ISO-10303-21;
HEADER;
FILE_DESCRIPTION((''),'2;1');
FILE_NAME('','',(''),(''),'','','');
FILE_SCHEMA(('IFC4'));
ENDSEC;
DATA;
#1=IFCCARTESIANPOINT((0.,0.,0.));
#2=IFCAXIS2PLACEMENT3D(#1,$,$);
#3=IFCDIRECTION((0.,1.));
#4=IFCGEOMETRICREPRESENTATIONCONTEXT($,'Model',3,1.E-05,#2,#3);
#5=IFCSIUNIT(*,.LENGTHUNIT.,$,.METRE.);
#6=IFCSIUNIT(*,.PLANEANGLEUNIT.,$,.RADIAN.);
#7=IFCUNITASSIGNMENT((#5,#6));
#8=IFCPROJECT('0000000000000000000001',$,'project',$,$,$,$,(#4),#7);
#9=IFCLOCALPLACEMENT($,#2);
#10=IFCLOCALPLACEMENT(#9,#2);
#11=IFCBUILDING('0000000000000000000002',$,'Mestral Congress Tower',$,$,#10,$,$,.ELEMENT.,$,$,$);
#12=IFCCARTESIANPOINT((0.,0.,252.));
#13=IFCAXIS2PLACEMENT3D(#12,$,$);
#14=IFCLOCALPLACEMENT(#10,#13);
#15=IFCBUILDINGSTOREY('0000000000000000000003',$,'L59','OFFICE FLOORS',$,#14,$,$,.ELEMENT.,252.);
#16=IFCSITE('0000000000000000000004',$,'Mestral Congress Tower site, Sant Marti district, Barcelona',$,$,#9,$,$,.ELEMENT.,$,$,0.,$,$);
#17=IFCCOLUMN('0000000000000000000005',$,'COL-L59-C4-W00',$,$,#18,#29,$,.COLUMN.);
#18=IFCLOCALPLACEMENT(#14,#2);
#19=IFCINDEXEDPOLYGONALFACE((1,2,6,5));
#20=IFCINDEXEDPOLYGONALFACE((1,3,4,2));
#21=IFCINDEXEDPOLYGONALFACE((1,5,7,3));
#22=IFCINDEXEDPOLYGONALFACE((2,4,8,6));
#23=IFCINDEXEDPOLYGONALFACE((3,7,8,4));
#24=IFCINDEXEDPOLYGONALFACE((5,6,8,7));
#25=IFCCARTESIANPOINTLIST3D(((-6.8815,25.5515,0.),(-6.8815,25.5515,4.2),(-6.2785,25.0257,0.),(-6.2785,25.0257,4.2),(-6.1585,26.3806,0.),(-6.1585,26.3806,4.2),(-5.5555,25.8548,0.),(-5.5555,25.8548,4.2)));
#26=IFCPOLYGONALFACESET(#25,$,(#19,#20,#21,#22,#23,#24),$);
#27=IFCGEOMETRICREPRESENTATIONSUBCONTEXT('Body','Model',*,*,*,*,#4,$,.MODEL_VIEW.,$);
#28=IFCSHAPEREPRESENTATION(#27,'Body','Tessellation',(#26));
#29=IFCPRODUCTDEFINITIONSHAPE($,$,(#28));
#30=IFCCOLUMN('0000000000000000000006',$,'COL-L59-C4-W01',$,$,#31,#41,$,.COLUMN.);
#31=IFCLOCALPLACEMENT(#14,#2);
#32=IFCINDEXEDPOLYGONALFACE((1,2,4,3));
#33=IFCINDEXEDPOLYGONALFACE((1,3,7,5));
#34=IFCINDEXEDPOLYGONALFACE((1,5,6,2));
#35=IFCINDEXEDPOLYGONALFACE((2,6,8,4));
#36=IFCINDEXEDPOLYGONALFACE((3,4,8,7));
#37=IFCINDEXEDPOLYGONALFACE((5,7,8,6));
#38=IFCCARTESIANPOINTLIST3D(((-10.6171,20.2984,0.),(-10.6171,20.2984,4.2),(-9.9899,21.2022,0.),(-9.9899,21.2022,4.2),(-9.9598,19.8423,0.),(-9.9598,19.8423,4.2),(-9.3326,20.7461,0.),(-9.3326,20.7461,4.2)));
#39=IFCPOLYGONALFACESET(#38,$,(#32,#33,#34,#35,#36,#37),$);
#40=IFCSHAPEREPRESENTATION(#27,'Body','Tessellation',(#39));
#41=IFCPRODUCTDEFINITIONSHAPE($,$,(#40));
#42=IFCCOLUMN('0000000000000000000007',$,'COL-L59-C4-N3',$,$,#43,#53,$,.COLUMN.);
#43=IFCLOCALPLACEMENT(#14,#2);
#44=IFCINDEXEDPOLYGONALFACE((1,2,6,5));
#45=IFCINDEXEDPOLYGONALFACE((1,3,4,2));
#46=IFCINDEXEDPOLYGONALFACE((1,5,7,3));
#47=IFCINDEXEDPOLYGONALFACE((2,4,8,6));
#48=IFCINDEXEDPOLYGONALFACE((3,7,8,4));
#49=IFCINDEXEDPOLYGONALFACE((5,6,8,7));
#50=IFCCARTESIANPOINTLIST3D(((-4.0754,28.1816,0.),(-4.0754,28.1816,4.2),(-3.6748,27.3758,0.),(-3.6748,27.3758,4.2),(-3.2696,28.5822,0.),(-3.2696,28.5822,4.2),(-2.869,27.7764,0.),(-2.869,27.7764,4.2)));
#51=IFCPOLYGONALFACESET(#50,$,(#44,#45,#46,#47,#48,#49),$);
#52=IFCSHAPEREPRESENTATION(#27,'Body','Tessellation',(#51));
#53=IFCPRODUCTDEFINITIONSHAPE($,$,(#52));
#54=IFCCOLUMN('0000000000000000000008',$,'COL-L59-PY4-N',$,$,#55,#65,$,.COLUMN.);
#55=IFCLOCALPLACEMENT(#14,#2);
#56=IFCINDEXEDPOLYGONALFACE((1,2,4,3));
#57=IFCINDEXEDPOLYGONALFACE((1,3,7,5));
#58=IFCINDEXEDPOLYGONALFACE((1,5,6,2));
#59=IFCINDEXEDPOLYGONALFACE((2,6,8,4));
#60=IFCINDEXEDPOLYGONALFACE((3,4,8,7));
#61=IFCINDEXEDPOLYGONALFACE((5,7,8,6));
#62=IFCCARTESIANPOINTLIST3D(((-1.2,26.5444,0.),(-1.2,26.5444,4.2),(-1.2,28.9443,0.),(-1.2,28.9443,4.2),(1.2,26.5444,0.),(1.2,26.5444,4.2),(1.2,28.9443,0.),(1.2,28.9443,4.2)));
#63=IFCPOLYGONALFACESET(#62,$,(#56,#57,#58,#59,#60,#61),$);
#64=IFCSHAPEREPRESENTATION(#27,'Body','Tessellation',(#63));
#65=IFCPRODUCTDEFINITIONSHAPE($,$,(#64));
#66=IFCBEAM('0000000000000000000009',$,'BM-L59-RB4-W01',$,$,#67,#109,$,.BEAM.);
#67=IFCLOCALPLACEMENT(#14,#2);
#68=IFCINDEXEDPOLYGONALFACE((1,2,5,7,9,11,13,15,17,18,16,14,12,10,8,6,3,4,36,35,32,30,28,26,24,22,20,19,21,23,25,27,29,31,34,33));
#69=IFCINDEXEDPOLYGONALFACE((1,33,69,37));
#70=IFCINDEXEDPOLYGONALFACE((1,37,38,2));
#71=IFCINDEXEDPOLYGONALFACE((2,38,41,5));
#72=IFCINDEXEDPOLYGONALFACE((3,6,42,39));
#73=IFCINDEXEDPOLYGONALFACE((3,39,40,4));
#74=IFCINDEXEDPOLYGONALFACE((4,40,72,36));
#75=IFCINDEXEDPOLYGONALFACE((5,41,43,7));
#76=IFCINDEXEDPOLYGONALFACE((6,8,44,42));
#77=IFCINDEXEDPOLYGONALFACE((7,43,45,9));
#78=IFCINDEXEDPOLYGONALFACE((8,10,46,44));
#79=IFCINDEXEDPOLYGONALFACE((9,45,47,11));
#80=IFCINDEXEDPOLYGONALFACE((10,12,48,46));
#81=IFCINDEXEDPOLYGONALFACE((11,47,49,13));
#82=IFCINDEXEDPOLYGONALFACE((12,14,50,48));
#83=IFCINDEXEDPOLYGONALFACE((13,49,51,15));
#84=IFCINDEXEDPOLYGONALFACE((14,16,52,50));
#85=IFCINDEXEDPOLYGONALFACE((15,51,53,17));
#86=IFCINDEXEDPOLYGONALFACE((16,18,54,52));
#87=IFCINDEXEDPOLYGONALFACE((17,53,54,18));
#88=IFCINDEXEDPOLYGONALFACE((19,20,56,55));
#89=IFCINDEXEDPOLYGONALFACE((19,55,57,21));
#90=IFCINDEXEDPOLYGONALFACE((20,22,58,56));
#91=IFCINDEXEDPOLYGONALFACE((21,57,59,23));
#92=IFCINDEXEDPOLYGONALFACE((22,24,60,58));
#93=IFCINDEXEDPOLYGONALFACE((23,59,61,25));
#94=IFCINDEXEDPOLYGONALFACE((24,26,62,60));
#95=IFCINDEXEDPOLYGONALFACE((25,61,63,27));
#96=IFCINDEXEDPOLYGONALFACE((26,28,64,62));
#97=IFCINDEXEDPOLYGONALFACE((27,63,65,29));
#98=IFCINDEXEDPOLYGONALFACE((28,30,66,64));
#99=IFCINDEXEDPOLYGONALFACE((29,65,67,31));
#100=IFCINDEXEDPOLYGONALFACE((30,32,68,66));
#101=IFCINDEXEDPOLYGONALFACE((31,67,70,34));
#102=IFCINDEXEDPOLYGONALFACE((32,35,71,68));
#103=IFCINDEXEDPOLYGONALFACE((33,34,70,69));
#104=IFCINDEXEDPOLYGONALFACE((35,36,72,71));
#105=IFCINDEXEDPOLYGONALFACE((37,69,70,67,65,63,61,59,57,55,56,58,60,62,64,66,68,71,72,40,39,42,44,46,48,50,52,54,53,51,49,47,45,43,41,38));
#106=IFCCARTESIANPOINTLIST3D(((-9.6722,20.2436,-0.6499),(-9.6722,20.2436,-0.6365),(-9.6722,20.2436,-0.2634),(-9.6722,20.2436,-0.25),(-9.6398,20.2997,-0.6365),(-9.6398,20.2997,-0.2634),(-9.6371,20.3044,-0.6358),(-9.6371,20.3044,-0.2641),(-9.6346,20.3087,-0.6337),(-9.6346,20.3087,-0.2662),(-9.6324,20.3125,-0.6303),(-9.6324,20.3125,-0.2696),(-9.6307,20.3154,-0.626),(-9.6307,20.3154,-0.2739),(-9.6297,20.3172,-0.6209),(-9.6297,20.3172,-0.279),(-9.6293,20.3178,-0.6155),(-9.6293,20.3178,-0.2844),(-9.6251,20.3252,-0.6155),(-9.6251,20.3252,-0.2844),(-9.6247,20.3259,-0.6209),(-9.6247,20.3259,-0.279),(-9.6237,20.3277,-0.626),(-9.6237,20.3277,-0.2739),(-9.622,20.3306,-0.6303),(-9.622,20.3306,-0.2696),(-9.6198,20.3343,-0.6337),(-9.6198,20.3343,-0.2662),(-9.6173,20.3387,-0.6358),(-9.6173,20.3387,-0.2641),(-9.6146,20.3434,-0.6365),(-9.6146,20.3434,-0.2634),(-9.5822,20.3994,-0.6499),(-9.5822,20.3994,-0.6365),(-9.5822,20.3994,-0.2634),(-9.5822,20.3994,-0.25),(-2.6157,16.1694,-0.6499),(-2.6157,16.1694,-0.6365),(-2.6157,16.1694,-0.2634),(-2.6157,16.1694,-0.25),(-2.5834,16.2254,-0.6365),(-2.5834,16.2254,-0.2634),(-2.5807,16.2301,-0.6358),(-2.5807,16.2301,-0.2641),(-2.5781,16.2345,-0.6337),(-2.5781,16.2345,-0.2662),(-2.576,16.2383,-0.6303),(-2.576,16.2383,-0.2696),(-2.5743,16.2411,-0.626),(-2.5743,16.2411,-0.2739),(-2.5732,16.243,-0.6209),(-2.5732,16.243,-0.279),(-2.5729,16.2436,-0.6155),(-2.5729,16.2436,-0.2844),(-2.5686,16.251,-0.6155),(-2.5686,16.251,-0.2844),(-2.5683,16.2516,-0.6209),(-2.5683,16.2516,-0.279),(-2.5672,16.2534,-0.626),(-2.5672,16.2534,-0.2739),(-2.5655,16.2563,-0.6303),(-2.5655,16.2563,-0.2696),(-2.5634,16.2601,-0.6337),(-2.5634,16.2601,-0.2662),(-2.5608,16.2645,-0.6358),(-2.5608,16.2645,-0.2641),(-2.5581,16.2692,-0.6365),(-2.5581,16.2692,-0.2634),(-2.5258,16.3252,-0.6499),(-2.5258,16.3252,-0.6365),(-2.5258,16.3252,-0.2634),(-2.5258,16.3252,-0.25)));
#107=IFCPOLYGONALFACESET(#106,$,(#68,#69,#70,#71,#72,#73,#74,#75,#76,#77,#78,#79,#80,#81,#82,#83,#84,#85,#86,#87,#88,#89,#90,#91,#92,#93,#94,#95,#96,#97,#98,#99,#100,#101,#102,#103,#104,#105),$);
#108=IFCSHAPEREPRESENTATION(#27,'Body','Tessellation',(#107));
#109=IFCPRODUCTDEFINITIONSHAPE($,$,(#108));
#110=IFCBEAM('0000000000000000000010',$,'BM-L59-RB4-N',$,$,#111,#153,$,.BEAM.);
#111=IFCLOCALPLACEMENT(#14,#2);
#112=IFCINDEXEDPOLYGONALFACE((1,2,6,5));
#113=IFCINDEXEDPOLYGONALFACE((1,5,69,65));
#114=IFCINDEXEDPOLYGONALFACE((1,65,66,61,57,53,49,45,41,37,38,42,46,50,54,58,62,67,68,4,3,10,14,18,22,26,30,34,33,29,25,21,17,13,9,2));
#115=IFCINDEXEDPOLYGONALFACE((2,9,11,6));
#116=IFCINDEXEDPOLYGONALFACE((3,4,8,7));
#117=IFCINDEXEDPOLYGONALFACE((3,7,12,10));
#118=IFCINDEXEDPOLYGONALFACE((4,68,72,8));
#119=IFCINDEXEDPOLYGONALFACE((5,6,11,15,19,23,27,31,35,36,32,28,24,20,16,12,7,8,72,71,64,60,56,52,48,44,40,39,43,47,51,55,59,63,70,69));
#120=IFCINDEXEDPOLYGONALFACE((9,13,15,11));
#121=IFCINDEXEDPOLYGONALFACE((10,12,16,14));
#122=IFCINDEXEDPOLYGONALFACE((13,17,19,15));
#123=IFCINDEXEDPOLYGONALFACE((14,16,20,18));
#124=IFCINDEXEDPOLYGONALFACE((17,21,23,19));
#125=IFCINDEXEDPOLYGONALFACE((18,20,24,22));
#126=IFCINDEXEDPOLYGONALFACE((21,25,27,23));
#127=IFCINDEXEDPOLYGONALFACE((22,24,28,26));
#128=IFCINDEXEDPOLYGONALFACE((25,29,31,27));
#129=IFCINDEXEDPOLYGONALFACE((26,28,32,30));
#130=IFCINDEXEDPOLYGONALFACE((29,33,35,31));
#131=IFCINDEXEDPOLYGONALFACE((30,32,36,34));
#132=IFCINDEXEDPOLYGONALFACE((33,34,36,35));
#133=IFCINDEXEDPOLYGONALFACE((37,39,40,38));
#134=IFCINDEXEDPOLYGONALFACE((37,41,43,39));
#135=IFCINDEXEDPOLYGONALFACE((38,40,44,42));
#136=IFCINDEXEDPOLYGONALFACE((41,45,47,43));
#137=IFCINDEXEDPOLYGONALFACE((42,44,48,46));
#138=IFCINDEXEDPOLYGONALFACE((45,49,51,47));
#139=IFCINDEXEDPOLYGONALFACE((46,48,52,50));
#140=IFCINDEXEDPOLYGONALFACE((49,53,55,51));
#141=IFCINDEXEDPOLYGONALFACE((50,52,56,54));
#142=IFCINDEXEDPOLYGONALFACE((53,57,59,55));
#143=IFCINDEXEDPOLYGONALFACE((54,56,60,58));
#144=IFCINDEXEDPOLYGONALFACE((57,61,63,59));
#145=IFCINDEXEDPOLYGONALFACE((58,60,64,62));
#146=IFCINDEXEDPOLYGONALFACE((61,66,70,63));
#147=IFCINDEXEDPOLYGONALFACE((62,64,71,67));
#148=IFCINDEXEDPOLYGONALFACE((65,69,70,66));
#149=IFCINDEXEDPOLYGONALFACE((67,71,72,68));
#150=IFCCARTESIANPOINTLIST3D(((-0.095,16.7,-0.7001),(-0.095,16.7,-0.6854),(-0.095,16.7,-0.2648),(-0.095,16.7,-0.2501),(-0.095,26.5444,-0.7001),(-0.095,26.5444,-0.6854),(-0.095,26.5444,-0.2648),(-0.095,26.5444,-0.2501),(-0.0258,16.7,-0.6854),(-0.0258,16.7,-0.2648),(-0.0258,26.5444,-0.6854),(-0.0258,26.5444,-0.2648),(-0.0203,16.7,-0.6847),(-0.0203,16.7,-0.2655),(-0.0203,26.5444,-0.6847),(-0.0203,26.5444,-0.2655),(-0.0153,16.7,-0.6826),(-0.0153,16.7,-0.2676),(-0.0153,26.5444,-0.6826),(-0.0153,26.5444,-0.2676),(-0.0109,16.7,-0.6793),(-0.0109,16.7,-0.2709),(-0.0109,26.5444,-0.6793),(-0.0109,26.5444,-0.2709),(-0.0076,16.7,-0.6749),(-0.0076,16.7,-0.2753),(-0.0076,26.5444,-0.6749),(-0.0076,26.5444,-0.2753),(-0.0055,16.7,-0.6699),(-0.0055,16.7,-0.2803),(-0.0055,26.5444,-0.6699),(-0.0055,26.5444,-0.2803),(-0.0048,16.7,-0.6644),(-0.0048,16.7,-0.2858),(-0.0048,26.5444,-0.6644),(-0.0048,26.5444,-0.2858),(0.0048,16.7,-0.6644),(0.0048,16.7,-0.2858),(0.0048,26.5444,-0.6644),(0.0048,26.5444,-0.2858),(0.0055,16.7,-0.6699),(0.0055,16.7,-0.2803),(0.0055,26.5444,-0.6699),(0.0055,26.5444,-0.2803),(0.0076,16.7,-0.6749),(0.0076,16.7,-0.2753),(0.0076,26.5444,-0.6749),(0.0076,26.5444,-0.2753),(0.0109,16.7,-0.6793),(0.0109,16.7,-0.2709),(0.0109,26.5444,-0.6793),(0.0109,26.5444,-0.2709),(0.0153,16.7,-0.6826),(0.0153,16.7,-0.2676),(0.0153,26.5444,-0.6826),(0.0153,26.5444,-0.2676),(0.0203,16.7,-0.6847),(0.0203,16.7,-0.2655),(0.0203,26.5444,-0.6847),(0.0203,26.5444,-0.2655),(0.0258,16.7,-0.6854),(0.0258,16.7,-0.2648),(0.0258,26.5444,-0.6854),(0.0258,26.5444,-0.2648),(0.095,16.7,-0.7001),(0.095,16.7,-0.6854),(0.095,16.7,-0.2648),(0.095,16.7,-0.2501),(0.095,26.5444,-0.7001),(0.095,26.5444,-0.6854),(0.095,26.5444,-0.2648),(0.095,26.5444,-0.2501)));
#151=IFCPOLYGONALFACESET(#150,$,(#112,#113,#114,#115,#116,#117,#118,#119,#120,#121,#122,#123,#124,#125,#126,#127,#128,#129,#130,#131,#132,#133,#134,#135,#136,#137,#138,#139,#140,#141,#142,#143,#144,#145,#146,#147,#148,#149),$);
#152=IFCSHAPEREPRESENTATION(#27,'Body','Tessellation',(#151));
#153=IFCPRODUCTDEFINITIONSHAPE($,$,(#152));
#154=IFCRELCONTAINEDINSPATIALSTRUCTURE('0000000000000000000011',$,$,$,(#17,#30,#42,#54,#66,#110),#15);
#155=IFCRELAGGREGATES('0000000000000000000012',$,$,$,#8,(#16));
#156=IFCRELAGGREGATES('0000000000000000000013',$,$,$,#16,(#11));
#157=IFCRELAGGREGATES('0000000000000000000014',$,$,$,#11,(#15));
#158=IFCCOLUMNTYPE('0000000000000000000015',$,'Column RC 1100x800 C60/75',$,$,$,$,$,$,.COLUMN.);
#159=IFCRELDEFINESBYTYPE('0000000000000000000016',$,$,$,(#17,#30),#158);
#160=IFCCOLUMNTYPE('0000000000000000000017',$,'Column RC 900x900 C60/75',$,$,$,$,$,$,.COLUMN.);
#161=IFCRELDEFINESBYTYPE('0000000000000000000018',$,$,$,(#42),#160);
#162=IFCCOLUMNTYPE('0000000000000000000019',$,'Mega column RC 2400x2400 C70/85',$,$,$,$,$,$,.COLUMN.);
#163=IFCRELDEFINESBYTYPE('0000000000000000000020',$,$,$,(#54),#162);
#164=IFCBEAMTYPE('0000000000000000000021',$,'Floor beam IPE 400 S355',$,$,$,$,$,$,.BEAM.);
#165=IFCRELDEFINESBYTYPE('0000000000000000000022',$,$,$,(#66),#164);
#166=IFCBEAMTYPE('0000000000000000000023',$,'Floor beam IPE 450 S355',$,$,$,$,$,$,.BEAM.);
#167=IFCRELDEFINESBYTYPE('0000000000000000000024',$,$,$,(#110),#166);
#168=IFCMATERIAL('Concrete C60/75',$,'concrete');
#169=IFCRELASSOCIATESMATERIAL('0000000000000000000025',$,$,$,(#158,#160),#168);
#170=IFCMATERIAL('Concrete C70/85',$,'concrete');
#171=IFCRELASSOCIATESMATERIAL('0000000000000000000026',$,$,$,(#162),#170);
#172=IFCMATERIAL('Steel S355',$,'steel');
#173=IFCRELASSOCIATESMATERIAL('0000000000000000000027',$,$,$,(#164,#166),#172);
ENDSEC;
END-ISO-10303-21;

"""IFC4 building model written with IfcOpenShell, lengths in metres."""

from ifc_helpers import new_model, si_unit, direction, frame, origin, origin_2d, place, context, subcontext, project, spatial, rectangle, i_section, extrude, material, material_profile, profile_set, type_object, element, save


model = new_model("IFC4")

# Units and contexts
model_context = context("Model", 3, precision=1e-05, world=origin(), true_north=direction((0.0, 1.0)))
body_context = subcontext(model_context, "Body", "Model", "MODEL_VIEW")
ifc_project = project(units=[si_unit("LENGTHUNIT", "METRE"), si_unit("PLANEANGLEUNIT", "RADIAN")], contexts=[model_context])

# Site, building, storey
site_placement = place(None, origin())
site = spatial("IfcSite", under=ifc_project, at=site_placement, Name="Mestral Congress Tower site, Sant Marti district, Barcelona", CompositionType="ELEMENT", RefElevation=0.0)
building_placement = place(site_placement, origin())
building = spatial("IfcBuilding", under=site, at=building_placement, Name="Mestral Congress Tower", CompositionType="ELEMENT")
storey_placement = place(building_placement, frame((0.0, 0.0, 252.0)))
storey = spatial("IfcBuildingStorey", under=building, at=storey_placement, Name="L59", Description="OFFICE FLOORS", CompositionType="ELEMENT", Elevation=252.0)

# Columns
ifc_material_1 = material(Name="Concrete C60/75", Category="concrete")
ifc_material_profile_1 = material_profile(ifc_material_1, rectangle(XDim=1.1001, YDim=0.8, at=origin_2d()), Name="RC 1100x800")
ifc_profile_set_1 = profile_set([ifc_material_profile_1], Name="Concrete C60/75")
column_type_1 = type_object("IfcColumnType", Name="Column RC 1100x800 C60/75", PredefinedType="COLUMN", material=ifc_profile_set_1)
for number, where, z_axis, x_axis, name in (
    (1, (-6.2185, 25.7031, 0.0), (0.0, 0.0, 1.0), (-0.65725, -0.753672, 0.0), "COL-L59-C4-W00"),
    (2, (-9.9749, 20.5222, 0.0), (0.0, 0.0, 1.0), (-0.570084, -0.821586, 0.0), "COL-L59-C4-W01"),
):
    element("IfcColumn", number, at=place(storey_placement, frame(where, z_axis=z_axis, x_axis=x_axis)), inside=storey, type_object=column_type_1, Name=name, PredefinedType="COLUMN", context=body_context, shape_type="SweptSolid", body=[
        extrude(rectangle(XDim=1.1001, YDim=0.8, at=origin_2d()), origin(), (0.0, 0.0, 1.0), 4.2),
    ])
ifc_material_profile_2 = material_profile(ifc_material_1, rectangle(XDim=0.8999, YDim=0.8999, at=origin_2d()), Name="RC 900x900")
ifc_profile_set_2 = profile_set([ifc_material_profile_2], Name="Concrete C60/75")
column_type_2 = type_object("IfcColumnType", Name="Column RC 900x900 C60/75", PredefinedType="COLUMN", material=ifc_profile_set_2)
column_1_placement = place(storey_placement, frame((-3.4722, 27.979, 0.0), z_axis=(0.0, 0.0, 1.0), x_axis=(-0.895456, -0.445149, 0.0)))
element("IfcColumn", 3, at=column_1_placement, inside=storey, type_object=column_type_2, Name="COL-L59-C4-N3", PredefinedType="COLUMN", context=body_context, shape_type="SweptSolid", body=[
    extrude(rectangle(XDim=0.8999, YDim=0.8999, at=origin_2d()), origin(), (0.0, 0.0, 1.0), 4.2),
])
ifc_material_2 = material(Name="Concrete C70/85", Category="concrete")
ifc_material_profile_3 = material_profile(ifc_material_2, rectangle(XDim=2.3999, YDim=2.3999, at=origin_2d()), Name="RC 2400x2400")
ifc_profile_set_3 = profile_set([ifc_material_profile_3], Name="Concrete C70/85")
column_type_3 = type_object("IfcColumnType", Name="Mega column RC 2400x2400 C70/85", PredefinedType="COLUMN", material=ifc_profile_set_3)
column_2_placement = place(storey_placement, frame((0.0, 27.7444, 0.0), z_axis=(0.0, 0.0, 1.0), x_axis=(0.0, 1.0, 0.0)))
element("IfcColumn", 4, at=column_2_placement, inside=storey, type_object=column_type_3, Name="COL-L59-PY4-N", PredefinedType="COLUMN", context=body_context, shape_type="SweptSolid", body=[
    extrude(rectangle(XDim=2.3999, YDim=2.3999, at=origin_2d()), origin(), (0.0, 0.0, 1.0), 4.2),
])

# Beams
ifc_material_3 = material(Name="Steel S355", Category="steel")
ifc_material_profile_4 = material_profile(ifc_material_3, i_section(OverallWidth=0.1799, OverallDepth=0.3999, WebThickness=0.0085, FlangeThickness=0.0134, FilletRadius=0.021, at=origin_2d()), Name="IPE 400")
ifc_profile_set_4 = profile_set([ifc_material_profile_4], Name="Steel S355")
beam_type_1 = type_object("IfcBeamType", Name="Floor beam IPE 400 S355", PredefinedType="BEAM", material=ifc_profile_set_4)
beam_1_placement = place(storey_placement, frame((-9.6272, 20.3215, -0.45), z_axis=(0.866014, -0.500019, 0.0), x_axis=(0.500019, 0.866014, 0.0)))
element("IfcBeam", 5, at=beam_1_placement, inside=storey, type_object=beam_type_1, Name="BM-L59-RB4-W01", PredefinedType="BEAM", context=body_context, shape_type="SweptSolid", body=[
    extrude(i_section(OverallWidth=0.1799, OverallDepth=0.3999, WebThickness=0.0085, FlangeThickness=0.0134, FilletRadius=0.021, at=origin_2d()), origin(), (0.0, 0.0, 1.0), 8.1482),
])
ifc_material_profile_5 = material_profile(ifc_material_3, i_section(OverallWidth=0.1899, OverallDepth=0.45, WebThickness=0.0095, FlangeThickness=0.0146, FilletRadius=0.021, at=origin_2d()), Name="IPE 450")
ifc_profile_set_5 = profile_set([ifc_material_profile_5], Name="Steel S355")
beam_type_2 = type_object("IfcBeamType", Name="Floor beam IPE 450 S355", PredefinedType="BEAM", material=ifc_profile_set_5)
beam_2_placement = place(storey_placement, frame((0.0, 26.5444, -0.4751), z_axis=(0.0, -1.0, 0.0), x_axis=(1.0, 0.0, 0.0)))
element("IfcBeam", 6, at=beam_2_placement, inside=storey, type_object=beam_type_2, Name="BM-L59-RB4-N", PredefinedType="BEAM", context=body_context, shape_type="SweptSolid", body=[
    extrude(i_section(OverallWidth=0.1899, OverallDepth=0.45, WebThickness=0.0095, FlangeThickness=0.0146, FilletRadius=0.021, at=origin_2d()), origin(), (0.0, 0.0, 1.0), 9.8445),
])

save(model, "model.ifc")
